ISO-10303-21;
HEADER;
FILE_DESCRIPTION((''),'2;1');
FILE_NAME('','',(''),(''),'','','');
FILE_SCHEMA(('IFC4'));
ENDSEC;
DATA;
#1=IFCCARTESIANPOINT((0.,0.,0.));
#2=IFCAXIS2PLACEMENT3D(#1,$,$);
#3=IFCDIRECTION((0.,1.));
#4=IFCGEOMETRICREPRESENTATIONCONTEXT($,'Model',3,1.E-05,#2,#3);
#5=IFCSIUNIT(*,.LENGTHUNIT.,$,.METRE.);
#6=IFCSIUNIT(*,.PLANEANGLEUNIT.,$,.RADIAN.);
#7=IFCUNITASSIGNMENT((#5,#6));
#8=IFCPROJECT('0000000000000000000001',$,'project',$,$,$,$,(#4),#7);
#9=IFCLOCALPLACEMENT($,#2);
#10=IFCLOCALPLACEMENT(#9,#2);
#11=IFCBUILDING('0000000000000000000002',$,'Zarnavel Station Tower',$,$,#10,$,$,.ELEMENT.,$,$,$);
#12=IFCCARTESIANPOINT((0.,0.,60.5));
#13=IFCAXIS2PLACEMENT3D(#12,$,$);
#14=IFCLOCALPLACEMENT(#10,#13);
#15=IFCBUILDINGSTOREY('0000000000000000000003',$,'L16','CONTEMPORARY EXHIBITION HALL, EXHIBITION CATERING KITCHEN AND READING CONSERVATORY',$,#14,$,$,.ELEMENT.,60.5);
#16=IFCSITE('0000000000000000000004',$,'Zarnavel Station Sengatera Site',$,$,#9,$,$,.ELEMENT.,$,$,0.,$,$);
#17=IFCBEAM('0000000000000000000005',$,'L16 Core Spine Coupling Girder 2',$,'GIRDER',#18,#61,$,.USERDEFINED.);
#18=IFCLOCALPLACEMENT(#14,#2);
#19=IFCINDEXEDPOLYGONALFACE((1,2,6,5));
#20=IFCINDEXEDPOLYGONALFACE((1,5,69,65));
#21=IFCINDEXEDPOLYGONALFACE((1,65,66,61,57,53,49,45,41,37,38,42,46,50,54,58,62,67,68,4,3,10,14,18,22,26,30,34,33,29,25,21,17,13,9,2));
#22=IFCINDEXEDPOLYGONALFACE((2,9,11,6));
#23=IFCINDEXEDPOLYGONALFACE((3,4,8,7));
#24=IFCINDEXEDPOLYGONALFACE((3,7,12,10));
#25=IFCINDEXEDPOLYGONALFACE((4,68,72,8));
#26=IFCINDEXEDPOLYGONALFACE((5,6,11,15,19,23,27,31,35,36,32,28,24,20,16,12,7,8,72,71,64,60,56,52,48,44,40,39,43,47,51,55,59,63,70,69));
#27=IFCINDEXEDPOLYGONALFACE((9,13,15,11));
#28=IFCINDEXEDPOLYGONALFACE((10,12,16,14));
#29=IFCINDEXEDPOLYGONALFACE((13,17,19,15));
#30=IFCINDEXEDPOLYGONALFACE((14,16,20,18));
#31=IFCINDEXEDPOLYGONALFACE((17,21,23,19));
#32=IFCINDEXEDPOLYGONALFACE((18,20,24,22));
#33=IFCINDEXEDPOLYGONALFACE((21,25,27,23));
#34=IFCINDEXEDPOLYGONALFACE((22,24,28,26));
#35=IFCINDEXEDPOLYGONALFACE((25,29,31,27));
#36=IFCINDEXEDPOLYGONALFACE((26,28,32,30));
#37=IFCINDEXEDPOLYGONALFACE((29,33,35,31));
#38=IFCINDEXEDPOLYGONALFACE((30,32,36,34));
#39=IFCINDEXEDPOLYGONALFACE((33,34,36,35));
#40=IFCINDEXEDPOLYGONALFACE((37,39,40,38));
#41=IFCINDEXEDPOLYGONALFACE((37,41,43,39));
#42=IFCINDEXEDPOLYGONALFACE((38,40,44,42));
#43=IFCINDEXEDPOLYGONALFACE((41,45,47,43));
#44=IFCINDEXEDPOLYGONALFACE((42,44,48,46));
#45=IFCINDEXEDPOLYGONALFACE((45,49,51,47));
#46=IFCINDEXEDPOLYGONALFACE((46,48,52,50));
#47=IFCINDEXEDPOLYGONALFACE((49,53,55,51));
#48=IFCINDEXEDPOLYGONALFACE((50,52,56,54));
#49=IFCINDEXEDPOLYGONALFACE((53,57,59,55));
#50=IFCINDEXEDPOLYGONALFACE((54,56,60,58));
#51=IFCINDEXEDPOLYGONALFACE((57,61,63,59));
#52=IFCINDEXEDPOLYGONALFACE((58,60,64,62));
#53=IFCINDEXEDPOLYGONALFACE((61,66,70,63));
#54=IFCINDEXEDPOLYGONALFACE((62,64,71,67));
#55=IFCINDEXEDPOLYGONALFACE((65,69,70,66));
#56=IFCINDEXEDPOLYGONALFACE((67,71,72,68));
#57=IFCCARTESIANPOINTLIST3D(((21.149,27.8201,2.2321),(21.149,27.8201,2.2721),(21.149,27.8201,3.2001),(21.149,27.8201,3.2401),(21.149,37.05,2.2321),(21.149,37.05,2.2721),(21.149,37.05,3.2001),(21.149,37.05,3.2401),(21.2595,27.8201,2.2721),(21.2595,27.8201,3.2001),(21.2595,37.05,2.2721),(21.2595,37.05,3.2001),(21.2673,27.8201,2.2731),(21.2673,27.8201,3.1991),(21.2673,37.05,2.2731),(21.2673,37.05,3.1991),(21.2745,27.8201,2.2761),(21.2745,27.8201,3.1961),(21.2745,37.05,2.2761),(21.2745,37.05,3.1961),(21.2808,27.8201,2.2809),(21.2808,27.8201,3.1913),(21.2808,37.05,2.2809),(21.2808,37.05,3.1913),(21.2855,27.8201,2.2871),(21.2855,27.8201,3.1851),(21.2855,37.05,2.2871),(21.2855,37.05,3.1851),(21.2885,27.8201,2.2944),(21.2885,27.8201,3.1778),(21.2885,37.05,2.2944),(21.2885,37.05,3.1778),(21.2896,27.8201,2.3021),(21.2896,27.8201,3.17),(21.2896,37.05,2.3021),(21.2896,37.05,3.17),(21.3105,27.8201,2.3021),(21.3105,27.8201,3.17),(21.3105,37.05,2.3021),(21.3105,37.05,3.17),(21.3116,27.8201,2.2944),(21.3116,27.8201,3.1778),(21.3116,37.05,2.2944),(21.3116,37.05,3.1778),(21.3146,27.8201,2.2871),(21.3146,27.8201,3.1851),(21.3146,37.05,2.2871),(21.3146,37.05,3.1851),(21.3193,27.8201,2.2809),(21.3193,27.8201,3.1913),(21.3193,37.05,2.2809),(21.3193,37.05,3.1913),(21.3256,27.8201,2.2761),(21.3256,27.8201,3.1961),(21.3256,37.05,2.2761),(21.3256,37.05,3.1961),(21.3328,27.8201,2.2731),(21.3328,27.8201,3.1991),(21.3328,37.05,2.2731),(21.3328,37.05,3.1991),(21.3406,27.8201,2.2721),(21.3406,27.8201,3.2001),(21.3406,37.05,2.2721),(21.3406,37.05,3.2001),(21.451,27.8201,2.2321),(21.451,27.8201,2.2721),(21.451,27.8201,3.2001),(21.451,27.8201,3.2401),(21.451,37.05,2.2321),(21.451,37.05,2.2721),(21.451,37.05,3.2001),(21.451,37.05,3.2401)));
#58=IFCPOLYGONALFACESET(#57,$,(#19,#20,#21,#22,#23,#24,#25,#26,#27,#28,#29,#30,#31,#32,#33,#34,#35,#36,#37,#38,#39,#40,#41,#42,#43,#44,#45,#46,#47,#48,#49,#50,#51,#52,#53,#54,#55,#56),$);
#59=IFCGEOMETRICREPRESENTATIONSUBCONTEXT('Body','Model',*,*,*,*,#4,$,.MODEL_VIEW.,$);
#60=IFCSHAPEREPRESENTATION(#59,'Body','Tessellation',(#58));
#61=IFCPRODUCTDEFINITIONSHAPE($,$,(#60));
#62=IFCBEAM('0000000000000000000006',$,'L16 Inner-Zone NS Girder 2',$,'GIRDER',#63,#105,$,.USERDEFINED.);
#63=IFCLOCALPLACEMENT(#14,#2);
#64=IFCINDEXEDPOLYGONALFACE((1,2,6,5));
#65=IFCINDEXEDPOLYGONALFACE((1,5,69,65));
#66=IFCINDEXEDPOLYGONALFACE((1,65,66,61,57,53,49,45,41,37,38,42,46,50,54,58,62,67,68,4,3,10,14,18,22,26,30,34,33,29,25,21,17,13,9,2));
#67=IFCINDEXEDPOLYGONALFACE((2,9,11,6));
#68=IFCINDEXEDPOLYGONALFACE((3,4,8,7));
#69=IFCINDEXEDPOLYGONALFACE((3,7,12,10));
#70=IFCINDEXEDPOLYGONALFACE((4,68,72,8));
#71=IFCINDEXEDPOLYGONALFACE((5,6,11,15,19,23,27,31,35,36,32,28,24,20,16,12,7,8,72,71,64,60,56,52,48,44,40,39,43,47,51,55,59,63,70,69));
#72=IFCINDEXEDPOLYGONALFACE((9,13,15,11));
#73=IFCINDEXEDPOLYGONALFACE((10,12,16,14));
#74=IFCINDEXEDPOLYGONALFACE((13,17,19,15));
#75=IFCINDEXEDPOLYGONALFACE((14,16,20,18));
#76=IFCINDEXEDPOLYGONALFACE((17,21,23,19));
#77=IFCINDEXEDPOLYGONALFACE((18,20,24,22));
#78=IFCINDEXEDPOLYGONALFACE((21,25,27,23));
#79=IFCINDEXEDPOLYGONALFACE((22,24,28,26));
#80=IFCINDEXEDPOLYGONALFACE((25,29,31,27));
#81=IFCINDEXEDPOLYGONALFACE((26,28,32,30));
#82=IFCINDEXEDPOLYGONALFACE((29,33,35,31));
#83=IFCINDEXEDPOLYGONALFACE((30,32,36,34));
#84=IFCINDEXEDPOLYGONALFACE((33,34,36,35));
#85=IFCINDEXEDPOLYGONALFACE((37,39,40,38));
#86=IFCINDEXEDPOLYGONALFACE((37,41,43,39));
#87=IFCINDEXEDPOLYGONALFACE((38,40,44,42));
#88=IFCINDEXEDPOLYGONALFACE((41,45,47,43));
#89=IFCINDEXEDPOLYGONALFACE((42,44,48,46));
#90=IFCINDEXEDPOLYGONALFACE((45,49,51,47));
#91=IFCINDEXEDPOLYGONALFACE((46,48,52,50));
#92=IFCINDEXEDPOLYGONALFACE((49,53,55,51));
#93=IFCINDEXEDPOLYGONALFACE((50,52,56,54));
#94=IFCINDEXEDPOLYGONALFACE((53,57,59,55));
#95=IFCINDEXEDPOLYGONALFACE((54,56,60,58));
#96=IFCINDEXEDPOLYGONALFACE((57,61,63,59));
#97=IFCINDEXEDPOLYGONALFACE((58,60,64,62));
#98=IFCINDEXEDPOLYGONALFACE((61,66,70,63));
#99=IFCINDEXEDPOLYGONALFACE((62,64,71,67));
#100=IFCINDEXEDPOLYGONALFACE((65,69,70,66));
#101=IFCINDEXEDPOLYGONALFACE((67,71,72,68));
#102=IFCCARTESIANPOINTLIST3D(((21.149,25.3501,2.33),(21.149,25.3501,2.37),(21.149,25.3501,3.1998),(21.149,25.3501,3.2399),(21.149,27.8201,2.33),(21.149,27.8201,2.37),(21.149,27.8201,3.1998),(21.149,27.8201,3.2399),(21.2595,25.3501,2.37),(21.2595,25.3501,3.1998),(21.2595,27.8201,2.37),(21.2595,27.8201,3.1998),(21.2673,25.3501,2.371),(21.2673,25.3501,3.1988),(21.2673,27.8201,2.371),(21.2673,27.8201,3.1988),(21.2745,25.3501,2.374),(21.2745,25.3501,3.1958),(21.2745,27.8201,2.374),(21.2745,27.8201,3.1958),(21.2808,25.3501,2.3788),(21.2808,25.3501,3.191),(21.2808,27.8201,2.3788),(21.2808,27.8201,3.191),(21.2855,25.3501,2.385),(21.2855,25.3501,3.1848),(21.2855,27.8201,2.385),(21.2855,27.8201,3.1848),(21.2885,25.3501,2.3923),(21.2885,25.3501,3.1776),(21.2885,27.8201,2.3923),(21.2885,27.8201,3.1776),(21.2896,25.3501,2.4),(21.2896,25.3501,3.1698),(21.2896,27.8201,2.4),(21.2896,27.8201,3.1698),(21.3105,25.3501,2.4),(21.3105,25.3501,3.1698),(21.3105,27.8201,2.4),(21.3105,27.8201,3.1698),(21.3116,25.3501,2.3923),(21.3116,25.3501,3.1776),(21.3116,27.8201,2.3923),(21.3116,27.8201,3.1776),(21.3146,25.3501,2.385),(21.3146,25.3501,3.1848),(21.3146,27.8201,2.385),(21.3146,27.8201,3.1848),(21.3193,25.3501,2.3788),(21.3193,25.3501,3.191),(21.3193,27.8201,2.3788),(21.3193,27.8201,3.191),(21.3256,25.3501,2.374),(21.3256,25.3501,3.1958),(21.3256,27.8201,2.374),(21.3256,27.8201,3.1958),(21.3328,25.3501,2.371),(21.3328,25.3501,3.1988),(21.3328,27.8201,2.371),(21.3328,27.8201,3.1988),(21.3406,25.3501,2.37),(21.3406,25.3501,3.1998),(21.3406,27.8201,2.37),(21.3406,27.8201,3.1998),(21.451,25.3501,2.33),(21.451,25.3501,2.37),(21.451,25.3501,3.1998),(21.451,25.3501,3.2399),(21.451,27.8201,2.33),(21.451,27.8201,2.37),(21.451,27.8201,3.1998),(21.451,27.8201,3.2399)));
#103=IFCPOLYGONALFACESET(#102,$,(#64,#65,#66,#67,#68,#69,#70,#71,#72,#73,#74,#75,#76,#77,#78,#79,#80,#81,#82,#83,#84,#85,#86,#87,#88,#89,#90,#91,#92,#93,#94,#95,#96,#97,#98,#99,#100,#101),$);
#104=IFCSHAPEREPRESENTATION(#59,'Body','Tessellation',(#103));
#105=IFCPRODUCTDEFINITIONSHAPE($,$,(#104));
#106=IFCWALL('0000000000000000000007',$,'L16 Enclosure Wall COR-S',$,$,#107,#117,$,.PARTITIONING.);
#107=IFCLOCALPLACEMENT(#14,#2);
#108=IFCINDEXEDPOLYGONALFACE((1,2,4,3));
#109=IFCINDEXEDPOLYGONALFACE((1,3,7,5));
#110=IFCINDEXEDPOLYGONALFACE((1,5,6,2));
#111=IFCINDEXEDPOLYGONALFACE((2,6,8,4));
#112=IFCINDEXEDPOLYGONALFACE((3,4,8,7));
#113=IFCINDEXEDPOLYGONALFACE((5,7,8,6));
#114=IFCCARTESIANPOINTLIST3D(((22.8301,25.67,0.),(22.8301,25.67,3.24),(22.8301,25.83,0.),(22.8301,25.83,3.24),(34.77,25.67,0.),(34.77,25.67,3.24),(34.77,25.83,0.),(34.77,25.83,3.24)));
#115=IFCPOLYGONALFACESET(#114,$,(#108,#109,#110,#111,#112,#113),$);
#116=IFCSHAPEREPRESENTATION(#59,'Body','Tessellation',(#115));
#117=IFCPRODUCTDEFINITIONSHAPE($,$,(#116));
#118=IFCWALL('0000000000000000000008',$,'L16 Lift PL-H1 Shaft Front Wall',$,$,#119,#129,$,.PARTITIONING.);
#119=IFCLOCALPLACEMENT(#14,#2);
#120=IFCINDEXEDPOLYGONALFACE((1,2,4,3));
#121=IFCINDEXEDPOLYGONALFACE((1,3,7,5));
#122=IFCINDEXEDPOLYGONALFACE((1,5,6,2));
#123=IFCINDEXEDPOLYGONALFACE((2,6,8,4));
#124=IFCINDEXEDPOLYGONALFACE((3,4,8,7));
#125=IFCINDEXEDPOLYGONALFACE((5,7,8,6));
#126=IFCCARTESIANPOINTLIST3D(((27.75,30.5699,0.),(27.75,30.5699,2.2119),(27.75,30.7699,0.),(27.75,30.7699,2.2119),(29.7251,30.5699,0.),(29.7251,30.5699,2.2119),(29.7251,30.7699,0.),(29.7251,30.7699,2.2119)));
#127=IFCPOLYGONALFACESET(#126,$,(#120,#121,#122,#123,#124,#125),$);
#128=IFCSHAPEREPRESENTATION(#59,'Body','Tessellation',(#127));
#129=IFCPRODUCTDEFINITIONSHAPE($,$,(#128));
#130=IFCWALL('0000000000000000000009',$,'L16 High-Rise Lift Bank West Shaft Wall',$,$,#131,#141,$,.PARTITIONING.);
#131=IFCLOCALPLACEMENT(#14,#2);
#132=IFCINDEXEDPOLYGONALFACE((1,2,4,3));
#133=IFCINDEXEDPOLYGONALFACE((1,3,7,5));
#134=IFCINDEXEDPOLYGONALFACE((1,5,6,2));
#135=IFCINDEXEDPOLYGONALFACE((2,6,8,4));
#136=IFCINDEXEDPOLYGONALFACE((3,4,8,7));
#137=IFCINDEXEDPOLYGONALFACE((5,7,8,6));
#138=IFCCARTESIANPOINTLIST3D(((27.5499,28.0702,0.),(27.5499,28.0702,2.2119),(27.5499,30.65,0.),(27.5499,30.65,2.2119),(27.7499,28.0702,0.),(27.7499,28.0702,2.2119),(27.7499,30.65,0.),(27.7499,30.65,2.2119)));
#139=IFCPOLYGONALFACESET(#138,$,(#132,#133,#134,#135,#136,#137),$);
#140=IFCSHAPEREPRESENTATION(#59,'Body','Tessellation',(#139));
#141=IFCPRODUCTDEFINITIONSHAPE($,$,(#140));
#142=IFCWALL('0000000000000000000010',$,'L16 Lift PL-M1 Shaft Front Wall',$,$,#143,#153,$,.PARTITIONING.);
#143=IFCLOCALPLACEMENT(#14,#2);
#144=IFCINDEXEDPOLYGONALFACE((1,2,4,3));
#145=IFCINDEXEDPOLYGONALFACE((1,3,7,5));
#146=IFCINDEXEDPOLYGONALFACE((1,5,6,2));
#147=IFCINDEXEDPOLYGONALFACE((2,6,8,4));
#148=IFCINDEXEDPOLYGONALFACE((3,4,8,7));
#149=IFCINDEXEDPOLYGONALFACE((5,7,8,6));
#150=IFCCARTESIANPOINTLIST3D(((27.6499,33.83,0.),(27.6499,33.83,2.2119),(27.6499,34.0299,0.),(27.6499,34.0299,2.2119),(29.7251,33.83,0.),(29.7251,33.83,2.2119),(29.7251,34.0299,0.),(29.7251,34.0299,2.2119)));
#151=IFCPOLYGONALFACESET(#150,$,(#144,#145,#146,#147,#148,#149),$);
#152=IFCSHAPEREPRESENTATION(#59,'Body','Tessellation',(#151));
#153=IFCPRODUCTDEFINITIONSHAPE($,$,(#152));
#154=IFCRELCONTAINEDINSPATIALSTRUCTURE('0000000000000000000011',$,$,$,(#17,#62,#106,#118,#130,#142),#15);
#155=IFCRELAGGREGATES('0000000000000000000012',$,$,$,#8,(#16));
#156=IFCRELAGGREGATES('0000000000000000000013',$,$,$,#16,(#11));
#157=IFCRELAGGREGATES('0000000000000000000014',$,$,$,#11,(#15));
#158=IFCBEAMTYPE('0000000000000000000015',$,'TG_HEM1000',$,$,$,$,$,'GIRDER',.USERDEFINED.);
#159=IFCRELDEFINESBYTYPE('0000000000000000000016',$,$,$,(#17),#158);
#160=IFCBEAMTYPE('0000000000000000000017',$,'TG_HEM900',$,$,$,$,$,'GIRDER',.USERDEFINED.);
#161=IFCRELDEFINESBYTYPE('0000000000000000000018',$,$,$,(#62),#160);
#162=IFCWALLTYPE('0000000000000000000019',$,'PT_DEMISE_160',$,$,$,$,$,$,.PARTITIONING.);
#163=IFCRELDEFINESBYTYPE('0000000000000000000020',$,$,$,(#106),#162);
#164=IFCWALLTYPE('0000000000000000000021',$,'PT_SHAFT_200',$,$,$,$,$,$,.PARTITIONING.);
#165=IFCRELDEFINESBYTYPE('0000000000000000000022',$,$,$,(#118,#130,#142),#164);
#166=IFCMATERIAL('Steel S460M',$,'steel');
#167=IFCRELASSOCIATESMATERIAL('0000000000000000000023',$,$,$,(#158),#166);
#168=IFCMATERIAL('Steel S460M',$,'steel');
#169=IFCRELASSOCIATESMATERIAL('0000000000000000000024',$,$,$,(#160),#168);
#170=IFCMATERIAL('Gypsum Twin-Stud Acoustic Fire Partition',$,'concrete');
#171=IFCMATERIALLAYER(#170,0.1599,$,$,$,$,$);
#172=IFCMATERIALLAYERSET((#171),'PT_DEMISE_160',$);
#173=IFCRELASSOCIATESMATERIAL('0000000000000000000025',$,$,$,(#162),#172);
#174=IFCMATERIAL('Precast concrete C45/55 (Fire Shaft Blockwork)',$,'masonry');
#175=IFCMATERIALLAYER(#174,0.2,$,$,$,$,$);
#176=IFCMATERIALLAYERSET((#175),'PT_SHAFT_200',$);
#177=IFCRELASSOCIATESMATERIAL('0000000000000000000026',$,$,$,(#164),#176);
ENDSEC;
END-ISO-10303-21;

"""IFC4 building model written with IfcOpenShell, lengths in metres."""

from ifc_helpers import new_model, si_unit, direction, frame, frame_2d, origin, origin_2d, place, context, subcontext, project, spatial, rectangle, i_section, extrude, material, layer, layer_set, material_profile, profile_set, type_object, element, save


model = new_model("IFC4")

# Units and contexts
model_context = context("Model", 3, precision=1e-05, world=origin(), true_north=direction((0.0, 1.0)))
body_context = subcontext(model_context, "Body", "Model", "MODEL_VIEW")
ifc_project = project(units=[si_unit("LENGTHUNIT", "METRE"), si_unit("PLANEANGLEUNIT", "RADIAN")], contexts=[model_context])

# Site, building, storey
site_placement = place(None, origin())
site = spatial("IfcSite", under=ifc_project, at=site_placement, Name="Zarnavel Station Sengatera Site", CompositionType="ELEMENT", RefElevation=0.0)
building_placement = place(site_placement, origin())
building = spatial("IfcBuilding", under=site, at=building_placement, Name="Zarnavel Station Tower", CompositionType="ELEMENT")
storey_placement = place(building_placement, frame((0.0, 0.0, 60.5)))
storey = spatial("IfcBuildingStorey", under=building, at=storey_placement, Name="L16", Description="CONTEMPORARY EXHIBITION HALL, EXHIBITION CATERING KITCHEN AND READING CONSERVATORY", CompositionType="ELEMENT", Elevation=60.5)

# Beams
ifc_material_1 = material(Name="Steel S460M", Category="steel")
ifc_material_profile_1 = material_profile(ifc_material_1, i_section(OverallWidth=0.302, OverallDepth=1.0081, WebThickness=0.021, FlangeThickness=0.04, FilletRadius=0.03, at=origin_2d()), Name="HEM1000")
ifc_profile_set_1 = profile_set([ifc_material_profile_1], Name="Steel S460M")
beam_type_1 = type_object("IfcBeamType", Name="TG_HEM1000", ElementType="GIRDER", PredefinedType="USERDEFINED", material=ifc_profile_set_1)
beam_1_placement = place(storey_placement, frame((21.3, 27.8201, 2.7361), z_axis=(0.0, 1.0, 0.0), x_axis=(-1.0, 0.0, 0.0)))
element("IfcBeam", 1, at=beam_1_placement, inside=storey, type_object=beam_type_1, Name="L16 Core Spine Coupling Girder 2", ObjectType="GIRDER", PredefinedType="USERDEFINED", context=body_context, shape_type="SweptSolid", body=[
    extrude(i_section(OverallWidth=0.302, OverallDepth=1.0081, WebThickness=0.021, FlangeThickness=0.04, FilletRadius=0.03, at=origin_2d()), origin(), (0.0, 0.0, 1.0), 9.23),
])
ifc_material_2 = material(Name="Steel S460M", Category="steel")
ifc_material_profile_2 = material_profile(ifc_material_2, i_section(OverallWidth=0.302, OverallDepth=0.9099, WebThickness=0.021, FlangeThickness=0.04, FilletRadius=0.03, at=origin_2d()), Name="HEM900")
ifc_profile_set_2 = profile_set([ifc_material_profile_2], Name="Steel S460M")
beam_type_2 = type_object("IfcBeamType", Name="TG_HEM900", ElementType="GIRDER", PredefinedType="USERDEFINED", material=ifc_profile_set_2)
beam_2_placement = place(storey_placement, frame((21.3, 25.3501, 2.7849), z_axis=(0.0, 1.0, 0.0), x_axis=(-1.0, 0.0, 0.0)))
element("IfcBeam", 2, at=beam_2_placement, inside=storey, type_object=beam_type_2, Name="L16 Inner-Zone NS Girder 2", ObjectType="GIRDER", PredefinedType="USERDEFINED", context=body_context, shape_type="SweptSolid", body=[
    extrude(i_section(OverallWidth=0.302, OverallDepth=0.9099, WebThickness=0.021, FlangeThickness=0.04, FilletRadius=0.03, at=origin_2d()), origin(), (0.0, 0.0, 1.0), 2.47),
])

# Walls
ifc_material_3 = material(Name="Gypsum Twin-Stud Acoustic Fire Partition", Category="concrete")
ifc_layer_1 = layer(ifc_material_3, 0.1599)
ifc_layer_set_1 = layer_set([ifc_layer_1], Name="PT_DEMISE_160")
wall_type_1 = type_object("IfcWallType", Name="PT_DEMISE_160", PredefinedType="PARTITIONING", material=ifc_layer_set_1)
wall_1_placement = place(storey_placement, frame((22.8301, 25.75, 0.0), z_axis=(0.0, 0.0, 1.0), x_axis=(1.0, 0.0, 0.0)))
element("IfcWall", 3, at=wall_1_placement, inside=storey, type_object=wall_type_1, Name="L16 Enclosure Wall COR-S", PredefinedType="PARTITIONING", context=body_context, shape_type="SweptSolid", body=[
    extrude(rectangle(XDim=11.9399, YDim=0.1599, at=frame_2d((5.97, 0.0))), origin(), (0.0, 0.0, 1.0), 3.24),
])
ifc_material_4 = material(Name="Precast concrete C45/55 (Fire Shaft Blockwork)", Category="masonry")
ifc_layer_2 = layer(ifc_material_4, 0.2)
ifc_layer_set_2 = layer_set([ifc_layer_2], Name="PT_SHAFT_200")
wall_type_2 = type_object("IfcWallType", Name="PT_SHAFT_200", PredefinedType="PARTITIONING", material=ifc_layer_set_2)
wall_2_placement = place(storey_placement, frame((27.75, 30.6699, 0.0), z_axis=(0.0, 0.0, 1.0), x_axis=(1.0, 0.0, 0.0)))
element("IfcWall", 4, at=wall_2_placement, inside=storey, type_object=wall_type_2, Name="L16 Lift PL-H1 Shaft Front Wall", PredefinedType="PARTITIONING", context=body_context, shape_type="SweptSolid", body=[
    extrude(rectangle(XDim=1.9751, YDim=0.2, at=frame_2d((0.9875, 0.0))), origin(), (0.0, 0.0, 1.0), 2.2119),
])
wall_3_placement = place(storey_placement, frame((27.6499, 28.0701, 0.0), z_axis=(0.0, 0.0, 1.0), x_axis=(0.0, 1.0, 0.0)))
element("IfcWall", 5, at=wall_3_placement, inside=storey, type_object=wall_type_2, Name="L16 High-Rise Lift Bank West Shaft Wall", PredefinedType="PARTITIONING", context=body_context, shape_type="SweptSolid", body=[
    extrude(rectangle(XDim=2.5798, YDim=0.2, at=frame_2d((1.29, 0.0))), origin(), (0.0, 0.0, 1.0), 2.2119),
])

# Wall
wall_4_placement = place(storey_placement, frame((27.6499, 33.9299, 0.0), z_axis=(0.0, 0.0, 1.0), x_axis=(1.0, 0.0, 0.0)))
element("IfcWall", 6, at=wall_4_placement, inside=storey, type_object=wall_type_2, Name="L16 Lift PL-M1 Shaft Front Wall", PredefinedType="PARTITIONING", context=body_context, shape_type="SweptSolid", body=[
    extrude(rectangle(XDim=2.0752, YDim=0.2, at=frame_2d((1.0376, 0.0))), origin(), (0.0, 0.0, 1.0), 2.2119),
])

save(model, "model.ifc")
